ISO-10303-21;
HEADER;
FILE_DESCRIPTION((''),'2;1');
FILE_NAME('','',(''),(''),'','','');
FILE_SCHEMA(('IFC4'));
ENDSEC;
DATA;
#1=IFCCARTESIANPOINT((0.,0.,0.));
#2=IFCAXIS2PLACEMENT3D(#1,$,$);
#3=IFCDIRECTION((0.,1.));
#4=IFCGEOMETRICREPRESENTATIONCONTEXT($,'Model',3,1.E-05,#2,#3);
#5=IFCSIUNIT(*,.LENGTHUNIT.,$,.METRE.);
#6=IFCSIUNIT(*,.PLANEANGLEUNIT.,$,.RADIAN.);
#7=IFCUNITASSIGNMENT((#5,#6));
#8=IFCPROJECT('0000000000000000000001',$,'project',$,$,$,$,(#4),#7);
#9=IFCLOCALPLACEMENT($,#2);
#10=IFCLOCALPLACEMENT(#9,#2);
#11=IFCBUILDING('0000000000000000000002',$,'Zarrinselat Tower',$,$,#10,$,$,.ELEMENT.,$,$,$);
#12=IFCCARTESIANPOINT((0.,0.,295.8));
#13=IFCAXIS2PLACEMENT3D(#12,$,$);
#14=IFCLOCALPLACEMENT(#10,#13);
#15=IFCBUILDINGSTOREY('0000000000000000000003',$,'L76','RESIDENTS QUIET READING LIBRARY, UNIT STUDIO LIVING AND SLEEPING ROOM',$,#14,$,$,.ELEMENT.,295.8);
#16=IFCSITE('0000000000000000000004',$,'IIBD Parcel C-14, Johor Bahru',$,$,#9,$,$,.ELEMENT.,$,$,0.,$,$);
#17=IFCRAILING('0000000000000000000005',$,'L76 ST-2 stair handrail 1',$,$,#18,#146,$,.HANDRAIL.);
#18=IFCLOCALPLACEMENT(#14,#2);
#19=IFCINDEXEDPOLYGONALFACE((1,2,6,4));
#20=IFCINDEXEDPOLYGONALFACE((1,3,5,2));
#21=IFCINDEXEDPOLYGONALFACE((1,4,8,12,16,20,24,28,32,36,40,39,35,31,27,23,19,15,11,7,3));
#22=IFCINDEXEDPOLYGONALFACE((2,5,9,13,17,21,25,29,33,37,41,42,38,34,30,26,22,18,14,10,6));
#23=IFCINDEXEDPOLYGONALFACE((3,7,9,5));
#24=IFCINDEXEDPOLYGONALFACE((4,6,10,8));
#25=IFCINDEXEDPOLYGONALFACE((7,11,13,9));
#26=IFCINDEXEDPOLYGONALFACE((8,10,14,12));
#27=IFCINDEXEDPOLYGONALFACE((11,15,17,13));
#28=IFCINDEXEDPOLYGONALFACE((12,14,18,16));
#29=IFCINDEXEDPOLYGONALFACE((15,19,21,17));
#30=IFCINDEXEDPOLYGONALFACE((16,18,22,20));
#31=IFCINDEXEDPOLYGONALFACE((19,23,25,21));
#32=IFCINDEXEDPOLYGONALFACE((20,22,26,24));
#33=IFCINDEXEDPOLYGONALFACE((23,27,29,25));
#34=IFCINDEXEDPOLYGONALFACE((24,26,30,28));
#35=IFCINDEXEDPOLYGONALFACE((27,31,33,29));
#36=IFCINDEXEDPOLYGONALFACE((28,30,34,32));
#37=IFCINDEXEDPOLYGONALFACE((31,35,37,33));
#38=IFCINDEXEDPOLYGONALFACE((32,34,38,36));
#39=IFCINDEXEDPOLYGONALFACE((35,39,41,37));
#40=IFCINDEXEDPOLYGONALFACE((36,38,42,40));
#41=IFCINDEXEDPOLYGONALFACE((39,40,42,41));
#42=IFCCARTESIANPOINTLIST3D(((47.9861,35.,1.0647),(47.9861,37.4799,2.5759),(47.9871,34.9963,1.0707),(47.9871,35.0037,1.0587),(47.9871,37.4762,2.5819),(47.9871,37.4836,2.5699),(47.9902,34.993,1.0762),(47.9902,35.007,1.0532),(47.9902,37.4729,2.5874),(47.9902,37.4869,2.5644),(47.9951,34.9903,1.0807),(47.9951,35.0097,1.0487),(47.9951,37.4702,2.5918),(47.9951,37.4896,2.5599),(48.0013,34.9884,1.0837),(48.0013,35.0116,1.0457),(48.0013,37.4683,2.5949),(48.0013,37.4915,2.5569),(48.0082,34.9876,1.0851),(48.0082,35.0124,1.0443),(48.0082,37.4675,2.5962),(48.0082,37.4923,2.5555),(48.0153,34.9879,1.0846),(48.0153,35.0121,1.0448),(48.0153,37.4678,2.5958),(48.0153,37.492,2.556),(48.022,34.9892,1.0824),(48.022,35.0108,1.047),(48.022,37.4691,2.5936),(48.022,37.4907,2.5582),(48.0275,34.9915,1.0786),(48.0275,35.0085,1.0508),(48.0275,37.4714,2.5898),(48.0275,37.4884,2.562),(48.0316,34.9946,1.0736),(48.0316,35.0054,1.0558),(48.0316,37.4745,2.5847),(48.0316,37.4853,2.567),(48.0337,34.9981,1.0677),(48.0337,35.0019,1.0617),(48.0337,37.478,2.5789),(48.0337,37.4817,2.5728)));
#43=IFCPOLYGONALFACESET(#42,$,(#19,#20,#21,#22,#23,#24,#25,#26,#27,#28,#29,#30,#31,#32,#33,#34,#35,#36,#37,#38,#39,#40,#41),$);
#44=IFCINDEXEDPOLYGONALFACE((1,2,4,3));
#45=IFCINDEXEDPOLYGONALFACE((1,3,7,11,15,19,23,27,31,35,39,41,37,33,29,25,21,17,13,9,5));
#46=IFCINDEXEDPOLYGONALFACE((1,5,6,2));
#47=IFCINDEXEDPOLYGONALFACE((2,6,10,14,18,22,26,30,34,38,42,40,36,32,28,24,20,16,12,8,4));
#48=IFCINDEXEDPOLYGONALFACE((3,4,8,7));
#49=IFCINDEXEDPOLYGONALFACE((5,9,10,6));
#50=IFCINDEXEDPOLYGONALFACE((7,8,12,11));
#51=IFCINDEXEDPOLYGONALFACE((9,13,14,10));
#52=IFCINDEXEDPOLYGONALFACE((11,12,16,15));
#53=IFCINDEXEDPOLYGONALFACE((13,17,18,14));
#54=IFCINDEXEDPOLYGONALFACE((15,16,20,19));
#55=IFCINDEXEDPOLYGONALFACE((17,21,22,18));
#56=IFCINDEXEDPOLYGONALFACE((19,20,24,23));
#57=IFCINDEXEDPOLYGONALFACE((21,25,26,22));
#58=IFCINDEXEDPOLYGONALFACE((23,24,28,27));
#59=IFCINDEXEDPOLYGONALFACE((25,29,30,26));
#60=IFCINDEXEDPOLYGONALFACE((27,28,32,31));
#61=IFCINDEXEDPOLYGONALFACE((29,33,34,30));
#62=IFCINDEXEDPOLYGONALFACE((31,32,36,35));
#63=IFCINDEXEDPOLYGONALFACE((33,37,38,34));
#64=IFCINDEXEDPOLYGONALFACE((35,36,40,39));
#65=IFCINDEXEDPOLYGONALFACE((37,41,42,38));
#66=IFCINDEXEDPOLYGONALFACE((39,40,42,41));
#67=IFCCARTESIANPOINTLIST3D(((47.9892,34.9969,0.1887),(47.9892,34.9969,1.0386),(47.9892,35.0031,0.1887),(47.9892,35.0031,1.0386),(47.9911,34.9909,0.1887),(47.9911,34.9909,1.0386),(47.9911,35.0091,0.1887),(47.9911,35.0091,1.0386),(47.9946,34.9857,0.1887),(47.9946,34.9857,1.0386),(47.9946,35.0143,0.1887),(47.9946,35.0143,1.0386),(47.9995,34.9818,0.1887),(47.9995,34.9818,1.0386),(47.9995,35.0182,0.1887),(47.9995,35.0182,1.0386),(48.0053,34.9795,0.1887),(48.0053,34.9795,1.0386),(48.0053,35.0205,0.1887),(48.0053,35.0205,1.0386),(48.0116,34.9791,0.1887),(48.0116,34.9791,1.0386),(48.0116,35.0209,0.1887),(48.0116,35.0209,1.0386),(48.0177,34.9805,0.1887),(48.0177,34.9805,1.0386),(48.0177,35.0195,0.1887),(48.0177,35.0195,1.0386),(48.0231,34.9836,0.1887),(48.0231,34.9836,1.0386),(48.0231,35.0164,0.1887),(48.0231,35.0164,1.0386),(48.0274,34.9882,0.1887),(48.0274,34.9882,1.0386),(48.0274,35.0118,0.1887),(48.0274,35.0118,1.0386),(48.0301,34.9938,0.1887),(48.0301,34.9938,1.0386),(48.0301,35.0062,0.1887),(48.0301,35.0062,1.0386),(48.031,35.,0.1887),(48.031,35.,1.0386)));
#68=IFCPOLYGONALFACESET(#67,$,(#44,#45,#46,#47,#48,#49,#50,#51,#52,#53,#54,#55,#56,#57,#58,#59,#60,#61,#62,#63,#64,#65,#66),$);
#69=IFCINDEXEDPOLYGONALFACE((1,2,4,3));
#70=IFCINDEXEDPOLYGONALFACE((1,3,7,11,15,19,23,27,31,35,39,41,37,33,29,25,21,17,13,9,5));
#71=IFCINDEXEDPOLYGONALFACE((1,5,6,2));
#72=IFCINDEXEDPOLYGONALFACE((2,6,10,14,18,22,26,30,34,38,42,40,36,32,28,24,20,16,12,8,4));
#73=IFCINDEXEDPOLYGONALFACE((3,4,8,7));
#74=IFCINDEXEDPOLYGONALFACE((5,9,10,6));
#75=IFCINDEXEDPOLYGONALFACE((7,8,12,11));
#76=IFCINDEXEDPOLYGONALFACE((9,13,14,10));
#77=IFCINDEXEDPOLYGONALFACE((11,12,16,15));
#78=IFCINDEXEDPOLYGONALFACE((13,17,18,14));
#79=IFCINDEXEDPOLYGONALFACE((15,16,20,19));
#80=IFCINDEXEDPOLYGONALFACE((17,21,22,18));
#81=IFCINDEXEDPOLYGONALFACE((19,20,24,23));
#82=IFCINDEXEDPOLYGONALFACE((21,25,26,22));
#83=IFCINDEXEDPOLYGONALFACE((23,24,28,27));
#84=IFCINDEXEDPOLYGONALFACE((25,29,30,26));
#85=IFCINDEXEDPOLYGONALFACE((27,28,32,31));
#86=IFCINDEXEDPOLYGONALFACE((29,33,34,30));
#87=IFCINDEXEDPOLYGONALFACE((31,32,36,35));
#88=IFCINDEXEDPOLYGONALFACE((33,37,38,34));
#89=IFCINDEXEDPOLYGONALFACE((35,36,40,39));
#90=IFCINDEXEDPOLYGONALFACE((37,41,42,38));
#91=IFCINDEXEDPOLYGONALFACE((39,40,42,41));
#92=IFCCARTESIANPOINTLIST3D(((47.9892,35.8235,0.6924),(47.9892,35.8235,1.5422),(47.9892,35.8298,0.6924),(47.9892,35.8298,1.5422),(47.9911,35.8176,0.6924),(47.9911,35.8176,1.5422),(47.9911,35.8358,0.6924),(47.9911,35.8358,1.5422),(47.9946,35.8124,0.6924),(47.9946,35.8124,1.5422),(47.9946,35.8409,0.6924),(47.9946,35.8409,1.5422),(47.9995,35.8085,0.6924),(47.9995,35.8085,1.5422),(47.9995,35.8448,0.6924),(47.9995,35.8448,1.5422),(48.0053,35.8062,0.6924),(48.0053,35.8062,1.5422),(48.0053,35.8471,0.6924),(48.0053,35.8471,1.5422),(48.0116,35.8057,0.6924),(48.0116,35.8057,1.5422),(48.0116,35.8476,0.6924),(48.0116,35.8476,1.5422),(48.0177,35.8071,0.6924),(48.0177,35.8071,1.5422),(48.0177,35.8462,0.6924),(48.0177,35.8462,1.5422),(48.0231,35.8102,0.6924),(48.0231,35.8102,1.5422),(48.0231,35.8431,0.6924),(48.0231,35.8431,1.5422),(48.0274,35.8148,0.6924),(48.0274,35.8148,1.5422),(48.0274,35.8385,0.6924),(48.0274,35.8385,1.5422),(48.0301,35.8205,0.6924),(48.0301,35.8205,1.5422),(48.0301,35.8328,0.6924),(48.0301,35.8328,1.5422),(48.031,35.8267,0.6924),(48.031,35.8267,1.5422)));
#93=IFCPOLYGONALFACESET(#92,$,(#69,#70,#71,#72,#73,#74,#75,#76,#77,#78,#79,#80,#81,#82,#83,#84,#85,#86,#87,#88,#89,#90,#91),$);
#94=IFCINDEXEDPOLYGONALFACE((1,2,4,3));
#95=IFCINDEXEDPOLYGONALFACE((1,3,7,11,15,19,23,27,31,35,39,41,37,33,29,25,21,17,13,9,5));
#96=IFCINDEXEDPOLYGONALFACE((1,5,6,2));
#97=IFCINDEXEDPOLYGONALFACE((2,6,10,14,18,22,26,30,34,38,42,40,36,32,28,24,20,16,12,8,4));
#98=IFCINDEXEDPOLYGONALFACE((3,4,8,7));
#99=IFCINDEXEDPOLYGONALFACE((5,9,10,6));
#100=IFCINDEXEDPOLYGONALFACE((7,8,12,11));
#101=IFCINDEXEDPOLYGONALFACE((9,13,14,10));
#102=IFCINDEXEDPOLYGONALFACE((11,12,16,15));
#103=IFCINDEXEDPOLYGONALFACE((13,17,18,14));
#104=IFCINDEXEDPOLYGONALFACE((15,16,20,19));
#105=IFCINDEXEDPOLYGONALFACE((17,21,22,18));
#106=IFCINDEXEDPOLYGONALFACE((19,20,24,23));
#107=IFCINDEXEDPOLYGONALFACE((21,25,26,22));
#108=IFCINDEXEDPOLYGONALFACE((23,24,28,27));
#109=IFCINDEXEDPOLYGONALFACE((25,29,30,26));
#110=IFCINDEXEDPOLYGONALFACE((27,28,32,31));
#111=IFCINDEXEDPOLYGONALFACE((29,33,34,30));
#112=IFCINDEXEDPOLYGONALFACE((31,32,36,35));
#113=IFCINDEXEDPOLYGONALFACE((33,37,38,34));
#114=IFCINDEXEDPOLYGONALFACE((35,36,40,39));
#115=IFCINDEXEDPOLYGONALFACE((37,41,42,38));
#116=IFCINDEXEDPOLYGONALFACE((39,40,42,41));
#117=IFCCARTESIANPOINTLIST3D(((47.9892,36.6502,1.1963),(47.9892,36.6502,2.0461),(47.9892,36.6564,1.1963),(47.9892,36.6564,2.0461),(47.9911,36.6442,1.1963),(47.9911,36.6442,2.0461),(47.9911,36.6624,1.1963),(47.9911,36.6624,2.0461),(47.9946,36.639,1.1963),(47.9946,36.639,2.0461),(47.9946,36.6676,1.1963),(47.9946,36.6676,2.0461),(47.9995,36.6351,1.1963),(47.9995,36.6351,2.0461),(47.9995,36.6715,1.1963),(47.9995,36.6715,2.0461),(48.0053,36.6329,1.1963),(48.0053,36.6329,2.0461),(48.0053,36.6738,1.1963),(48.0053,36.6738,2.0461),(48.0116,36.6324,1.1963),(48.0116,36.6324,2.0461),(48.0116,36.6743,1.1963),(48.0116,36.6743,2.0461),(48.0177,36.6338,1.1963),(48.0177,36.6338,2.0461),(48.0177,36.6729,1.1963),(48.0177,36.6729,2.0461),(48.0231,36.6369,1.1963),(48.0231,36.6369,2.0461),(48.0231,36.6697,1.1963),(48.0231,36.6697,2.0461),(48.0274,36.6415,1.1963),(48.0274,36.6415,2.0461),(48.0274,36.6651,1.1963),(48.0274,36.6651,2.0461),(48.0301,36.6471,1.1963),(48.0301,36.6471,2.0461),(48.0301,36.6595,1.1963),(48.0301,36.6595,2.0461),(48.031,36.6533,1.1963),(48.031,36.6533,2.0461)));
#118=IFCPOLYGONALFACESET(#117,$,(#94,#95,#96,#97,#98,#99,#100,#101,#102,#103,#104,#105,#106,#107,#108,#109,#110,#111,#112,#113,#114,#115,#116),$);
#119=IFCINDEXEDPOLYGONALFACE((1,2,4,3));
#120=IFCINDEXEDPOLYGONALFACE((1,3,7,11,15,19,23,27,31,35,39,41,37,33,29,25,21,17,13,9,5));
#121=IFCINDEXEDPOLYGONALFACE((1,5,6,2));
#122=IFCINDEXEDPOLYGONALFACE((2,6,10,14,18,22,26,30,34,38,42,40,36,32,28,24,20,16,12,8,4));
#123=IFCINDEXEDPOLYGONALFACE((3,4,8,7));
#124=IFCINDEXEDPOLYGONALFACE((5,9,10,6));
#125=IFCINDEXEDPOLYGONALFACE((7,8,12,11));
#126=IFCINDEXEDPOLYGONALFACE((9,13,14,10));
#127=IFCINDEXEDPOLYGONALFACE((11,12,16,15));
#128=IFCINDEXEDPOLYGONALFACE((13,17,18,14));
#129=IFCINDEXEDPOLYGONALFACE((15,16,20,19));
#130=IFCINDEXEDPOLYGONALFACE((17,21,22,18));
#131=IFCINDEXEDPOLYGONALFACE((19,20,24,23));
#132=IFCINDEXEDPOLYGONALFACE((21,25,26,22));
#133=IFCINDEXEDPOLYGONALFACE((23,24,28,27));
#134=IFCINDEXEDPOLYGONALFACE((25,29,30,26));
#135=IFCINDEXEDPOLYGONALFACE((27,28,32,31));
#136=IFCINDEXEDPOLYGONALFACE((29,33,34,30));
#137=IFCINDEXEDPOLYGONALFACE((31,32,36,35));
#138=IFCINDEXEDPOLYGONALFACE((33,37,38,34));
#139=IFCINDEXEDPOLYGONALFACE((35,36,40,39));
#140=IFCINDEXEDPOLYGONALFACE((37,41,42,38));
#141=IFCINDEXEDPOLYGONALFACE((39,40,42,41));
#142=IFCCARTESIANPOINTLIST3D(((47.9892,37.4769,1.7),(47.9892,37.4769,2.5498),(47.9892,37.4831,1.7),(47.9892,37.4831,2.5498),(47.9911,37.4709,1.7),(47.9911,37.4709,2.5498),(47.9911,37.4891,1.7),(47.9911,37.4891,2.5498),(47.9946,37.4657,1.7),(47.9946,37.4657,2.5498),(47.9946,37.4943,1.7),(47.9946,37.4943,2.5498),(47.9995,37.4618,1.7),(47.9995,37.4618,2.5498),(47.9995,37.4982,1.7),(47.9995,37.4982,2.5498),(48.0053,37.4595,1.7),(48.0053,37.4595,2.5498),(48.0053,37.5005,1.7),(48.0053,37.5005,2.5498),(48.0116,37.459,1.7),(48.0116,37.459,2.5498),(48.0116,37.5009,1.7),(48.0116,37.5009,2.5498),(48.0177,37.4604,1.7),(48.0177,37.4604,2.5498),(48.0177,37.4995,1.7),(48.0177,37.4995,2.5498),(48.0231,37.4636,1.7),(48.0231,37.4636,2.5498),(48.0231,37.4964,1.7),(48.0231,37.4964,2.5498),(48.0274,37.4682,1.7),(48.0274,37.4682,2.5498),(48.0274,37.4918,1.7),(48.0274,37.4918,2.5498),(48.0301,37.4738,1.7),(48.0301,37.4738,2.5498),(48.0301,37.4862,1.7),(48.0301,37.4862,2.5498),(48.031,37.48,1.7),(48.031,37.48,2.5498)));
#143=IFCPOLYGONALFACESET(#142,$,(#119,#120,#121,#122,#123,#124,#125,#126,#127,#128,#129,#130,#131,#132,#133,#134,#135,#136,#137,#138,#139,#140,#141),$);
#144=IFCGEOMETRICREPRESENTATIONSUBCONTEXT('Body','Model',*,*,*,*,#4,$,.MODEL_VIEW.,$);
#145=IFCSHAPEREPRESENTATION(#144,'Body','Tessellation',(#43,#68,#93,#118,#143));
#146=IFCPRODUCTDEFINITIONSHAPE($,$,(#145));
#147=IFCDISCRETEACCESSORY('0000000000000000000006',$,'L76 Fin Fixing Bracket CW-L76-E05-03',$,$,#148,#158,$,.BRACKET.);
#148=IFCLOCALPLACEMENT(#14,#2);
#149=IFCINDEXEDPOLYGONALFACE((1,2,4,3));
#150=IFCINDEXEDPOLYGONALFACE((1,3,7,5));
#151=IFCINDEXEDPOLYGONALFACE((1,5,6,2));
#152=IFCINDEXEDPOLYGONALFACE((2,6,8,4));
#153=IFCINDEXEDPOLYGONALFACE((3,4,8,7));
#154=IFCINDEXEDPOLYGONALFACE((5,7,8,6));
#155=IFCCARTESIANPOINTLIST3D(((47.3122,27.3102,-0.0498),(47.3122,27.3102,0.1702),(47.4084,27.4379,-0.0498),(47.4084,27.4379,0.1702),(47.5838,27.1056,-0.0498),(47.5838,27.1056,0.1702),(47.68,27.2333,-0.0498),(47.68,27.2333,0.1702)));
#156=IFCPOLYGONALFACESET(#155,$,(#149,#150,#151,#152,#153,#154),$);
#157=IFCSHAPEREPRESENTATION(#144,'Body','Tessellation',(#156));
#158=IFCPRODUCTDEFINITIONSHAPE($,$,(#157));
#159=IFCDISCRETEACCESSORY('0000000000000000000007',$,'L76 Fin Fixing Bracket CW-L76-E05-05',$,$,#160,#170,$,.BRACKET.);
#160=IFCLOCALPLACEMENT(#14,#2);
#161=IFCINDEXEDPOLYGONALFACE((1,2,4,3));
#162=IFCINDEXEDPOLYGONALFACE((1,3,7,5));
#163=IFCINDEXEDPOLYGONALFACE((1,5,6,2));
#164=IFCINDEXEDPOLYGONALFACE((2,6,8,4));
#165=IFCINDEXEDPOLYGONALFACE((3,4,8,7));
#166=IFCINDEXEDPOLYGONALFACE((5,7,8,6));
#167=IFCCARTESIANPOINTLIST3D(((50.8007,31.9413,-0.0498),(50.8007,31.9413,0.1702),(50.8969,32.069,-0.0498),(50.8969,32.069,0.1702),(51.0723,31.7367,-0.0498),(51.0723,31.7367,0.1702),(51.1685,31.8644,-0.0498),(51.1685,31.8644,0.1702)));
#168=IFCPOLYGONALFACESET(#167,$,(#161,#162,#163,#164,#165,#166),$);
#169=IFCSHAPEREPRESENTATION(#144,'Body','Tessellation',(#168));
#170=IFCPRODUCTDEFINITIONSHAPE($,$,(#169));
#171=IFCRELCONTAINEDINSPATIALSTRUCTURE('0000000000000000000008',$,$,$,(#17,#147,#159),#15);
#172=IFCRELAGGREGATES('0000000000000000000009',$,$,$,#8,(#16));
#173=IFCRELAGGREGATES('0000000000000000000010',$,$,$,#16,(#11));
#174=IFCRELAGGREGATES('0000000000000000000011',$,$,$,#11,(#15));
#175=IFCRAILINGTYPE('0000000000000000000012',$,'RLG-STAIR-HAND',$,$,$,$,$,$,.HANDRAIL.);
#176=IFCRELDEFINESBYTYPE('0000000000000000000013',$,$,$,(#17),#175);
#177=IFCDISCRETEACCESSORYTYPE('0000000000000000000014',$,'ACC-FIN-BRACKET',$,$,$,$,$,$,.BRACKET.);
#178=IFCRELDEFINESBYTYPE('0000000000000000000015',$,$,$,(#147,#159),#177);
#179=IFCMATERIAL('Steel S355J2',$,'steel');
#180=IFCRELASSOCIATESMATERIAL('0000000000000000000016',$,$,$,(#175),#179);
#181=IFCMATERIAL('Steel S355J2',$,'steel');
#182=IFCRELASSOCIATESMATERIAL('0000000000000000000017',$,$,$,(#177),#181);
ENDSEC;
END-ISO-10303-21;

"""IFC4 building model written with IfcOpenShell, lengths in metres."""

from ifc_helpers import new_model, si_unit, direction, frame, origin, origin_2d, place, context, subcontext, project, spatial, rectangle, circle, extrude, material, type_object, element, save


model = new_model("IFC4")

# Units and contexts
model_context = context("Model", 3, precision=1e-05, world=origin(), true_north=direction((0.0, 1.0)))
body_context = subcontext(model_context, "Body", "Model", "MODEL_VIEW")
ifc_project = project(units=[si_unit("LENGTHUNIT", "METRE"), si_unit("PLANEANGLEUNIT", "RADIAN")], contexts=[model_context])

# Site, building, storey
site_placement = place(None, origin())
site = spatial("IfcSite", under=ifc_project, at=site_placement, Name="IIBD Parcel C-14, Johor Bahru", CompositionType="ELEMENT", RefElevation=0.0)
building_placement = place(site_placement, origin())
building = spatial("IfcBuilding", under=site, at=building_placement, Name="Zarrinselat Tower", CompositionType="ELEMENT")
storey_placement = place(building_placement, frame((0.0, 0.0, 295.8)))
storey = spatial("IfcBuildingStorey", under=building, at=storey_placement, Name="L76", Description="RESIDENTS QUIET READING LIBRARY, UNIT STUDIO LIVING AND SLEEPING ROOM", CompositionType="ELEMENT", Elevation=295.8)

# Railing
ifc_material_1 = material(Name="Steel S355J2", Category="steel")
railing_type_1 = type_object("IfcRailingType", Name="RLG-STAIR-HAND", PredefinedType="HANDRAIL", material=ifc_material_1)
railing_1_placement = place(storey_placement, frame((48.01, 35.0, 0.1887)))
element("IfcRailing", 1, at=railing_1_placement, inside=storey, type_object=railing_type_1, Name="L76 ST-2 stair handrail 1", PredefinedType="HANDRAIL", context=body_context, shape_type="SweptSolid", body=[
    extrude(circle(Radius=0.0239, at=origin_2d()), frame((0.0, 0.0, 0.876), z_axis=(0.0, 0.853942, 0.520368), x_axis=(-1.0, 0.0, 0.0)), (0.0, 0.0, 1.0), 2.9041),
    extrude(circle(Radius=0.021, at=origin_2d()), origin(), (0.0, 0.0, 1.0), 0.8499),
    extrude(circle(Radius=0.021, at=origin_2d()), frame((0.0, 0.8267, 0.5037)), (0.0, 0.0, 1.0), 0.8499),
    extrude(circle(Radius=0.021, at=origin_2d()), frame((0.0, 1.6533, 1.0076)), (0.0, 0.0, 1.0), 0.8499),
    extrude(circle(Radius=0.021, at=origin_2d()), frame((0.0, 2.48, 1.5112)), (0.0, 0.0, 1.0), 0.8499),
])

# Discrete accessories
ifc_material_2 = material(Name="Steel S355J2", Category="steel")
discrete_accessory_type = type_object("IfcDiscreteAccessoryType", Name="ACC-FIN-BRACKET", PredefinedType="BRACKET", material=ifc_material_2)
for number, where, z_axis, x_axis, name in (
    (2, (47.4961, 27.2717, -0.0498), (0.0, 0.0, 1.0), (0.798743, -0.601673, 0.0), "L76 Fin Fixing Bracket CW-L76-E05-03"),
    (3, (50.9846, 31.9028, -0.0498), (0.0, 0.0, 1.0), (0.798743, -0.601673, 0.0), "L76 Fin Fixing Bracket CW-L76-E05-05"),
):
    element("IfcDiscreteAccessory", number, at=place(storey_placement, frame(where, z_axis=z_axis, x_axis=x_axis)), inside=storey, type_object=discrete_accessory_type, Name=name, PredefinedType="BRACKET", context=body_context, shape_type="SweptSolid", body=[
        extrude(rectangle(XDim=0.3401, YDim=0.1599, at=origin_2d()), origin(), (0.0, 0.0, 1.0), 0.22),
    ])

save(model, "model.ifc")
